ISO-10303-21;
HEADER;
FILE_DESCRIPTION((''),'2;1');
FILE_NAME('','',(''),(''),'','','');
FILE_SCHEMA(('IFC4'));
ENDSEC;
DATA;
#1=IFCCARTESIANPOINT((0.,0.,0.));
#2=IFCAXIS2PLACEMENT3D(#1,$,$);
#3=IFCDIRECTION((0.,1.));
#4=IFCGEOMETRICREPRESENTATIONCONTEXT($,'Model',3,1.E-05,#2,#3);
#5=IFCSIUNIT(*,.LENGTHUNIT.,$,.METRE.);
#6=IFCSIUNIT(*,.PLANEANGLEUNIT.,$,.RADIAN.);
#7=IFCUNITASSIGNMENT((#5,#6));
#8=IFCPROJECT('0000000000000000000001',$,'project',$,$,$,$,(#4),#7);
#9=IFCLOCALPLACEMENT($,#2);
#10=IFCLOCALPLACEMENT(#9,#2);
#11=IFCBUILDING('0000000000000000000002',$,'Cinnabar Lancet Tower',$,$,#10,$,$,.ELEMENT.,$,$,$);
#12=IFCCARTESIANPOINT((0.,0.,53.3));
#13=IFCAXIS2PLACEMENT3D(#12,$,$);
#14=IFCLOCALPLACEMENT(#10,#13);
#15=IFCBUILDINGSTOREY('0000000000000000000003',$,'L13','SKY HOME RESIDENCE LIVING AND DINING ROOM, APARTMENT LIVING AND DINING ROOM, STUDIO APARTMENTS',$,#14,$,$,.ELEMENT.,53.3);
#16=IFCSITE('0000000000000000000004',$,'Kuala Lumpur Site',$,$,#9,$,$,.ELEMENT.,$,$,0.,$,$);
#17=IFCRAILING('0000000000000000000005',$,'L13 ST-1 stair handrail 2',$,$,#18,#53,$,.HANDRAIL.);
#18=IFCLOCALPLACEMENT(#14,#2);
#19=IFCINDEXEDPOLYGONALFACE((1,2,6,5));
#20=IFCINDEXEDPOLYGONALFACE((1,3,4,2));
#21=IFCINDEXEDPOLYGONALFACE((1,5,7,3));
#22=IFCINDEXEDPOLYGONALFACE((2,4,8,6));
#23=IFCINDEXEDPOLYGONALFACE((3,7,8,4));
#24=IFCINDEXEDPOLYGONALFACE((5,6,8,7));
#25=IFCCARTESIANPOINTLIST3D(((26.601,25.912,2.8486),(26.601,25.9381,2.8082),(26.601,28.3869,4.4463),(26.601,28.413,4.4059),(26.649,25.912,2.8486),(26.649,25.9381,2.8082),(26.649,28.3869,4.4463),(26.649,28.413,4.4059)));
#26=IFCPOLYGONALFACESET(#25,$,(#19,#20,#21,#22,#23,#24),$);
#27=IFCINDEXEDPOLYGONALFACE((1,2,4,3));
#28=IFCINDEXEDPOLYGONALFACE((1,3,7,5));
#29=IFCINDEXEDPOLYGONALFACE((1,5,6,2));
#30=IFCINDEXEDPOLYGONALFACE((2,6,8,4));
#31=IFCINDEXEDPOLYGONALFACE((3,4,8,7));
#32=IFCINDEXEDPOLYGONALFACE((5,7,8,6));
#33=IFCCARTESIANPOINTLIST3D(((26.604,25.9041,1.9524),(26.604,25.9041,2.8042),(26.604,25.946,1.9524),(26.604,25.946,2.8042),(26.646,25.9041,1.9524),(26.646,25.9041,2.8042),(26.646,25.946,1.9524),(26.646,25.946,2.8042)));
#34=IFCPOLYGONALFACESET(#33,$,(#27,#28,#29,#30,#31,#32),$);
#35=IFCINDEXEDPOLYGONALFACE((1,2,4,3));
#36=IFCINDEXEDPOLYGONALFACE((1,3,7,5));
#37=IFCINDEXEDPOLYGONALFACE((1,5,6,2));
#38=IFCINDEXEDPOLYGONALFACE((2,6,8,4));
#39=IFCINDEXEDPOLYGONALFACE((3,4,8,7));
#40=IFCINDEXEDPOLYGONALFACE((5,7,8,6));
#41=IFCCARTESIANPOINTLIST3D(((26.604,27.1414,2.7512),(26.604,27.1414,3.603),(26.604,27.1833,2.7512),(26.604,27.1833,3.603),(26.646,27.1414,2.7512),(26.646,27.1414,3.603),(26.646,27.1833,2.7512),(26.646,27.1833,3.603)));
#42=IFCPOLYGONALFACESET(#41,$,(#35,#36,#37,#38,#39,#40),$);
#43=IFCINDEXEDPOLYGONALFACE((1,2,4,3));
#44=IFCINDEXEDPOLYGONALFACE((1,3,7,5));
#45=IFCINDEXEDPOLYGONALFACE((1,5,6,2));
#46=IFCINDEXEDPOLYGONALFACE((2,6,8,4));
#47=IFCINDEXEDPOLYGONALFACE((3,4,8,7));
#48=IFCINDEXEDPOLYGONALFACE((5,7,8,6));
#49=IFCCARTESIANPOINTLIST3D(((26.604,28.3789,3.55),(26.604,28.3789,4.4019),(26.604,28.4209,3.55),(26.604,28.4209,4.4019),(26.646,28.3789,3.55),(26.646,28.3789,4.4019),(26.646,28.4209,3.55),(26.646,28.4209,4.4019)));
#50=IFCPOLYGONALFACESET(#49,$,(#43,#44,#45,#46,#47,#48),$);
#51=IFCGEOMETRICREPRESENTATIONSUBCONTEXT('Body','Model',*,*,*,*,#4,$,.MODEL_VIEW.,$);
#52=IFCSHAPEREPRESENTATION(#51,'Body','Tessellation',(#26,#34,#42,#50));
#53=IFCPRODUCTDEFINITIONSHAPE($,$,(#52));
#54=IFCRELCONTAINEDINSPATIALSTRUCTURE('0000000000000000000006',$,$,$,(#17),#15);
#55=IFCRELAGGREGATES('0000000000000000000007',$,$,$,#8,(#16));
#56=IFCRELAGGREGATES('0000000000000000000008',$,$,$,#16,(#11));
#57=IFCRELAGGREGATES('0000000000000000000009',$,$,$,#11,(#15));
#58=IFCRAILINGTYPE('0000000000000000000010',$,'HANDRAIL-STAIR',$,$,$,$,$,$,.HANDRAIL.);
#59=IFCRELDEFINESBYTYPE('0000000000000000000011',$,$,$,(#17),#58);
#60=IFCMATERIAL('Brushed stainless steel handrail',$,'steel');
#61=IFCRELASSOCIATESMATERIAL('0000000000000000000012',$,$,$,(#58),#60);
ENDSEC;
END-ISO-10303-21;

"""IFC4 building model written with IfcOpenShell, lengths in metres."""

from ifc_helpers import new_model, si_unit, direction, frame, origin, origin_2d, place, context, subcontext, project, spatial, rectangle, extrude, material, type_object, element, save


model = new_model("IFC4")

# Units and contexts
model_context = context("Model", 3, precision=1e-05, world=origin(), true_north=direction((0.0, 1.0)))
body_context = subcontext(model_context, "Body", "Model", "MODEL_VIEW")
ifc_project = project(units=[si_unit("LENGTHUNIT", "METRE"), si_unit("PLANEANGLEUNIT", "RADIAN")], contexts=[model_context])

# Site, building, storey
site_placement = place(None, origin())
site = spatial("IfcSite", under=ifc_project, at=site_placement, Name="Kuala Lumpur Site", CompositionType="ELEMENT", RefElevation=0.0)
building_placement = place(site_placement, origin())
building = spatial("IfcBuilding", under=site, at=building_placement, Name="Cinnabar Lancet Tower", CompositionType="ELEMENT")
storey_placement = place(building_placement, frame((0.0, 0.0, 53.3)))
storey = spatial("IfcBuildingStorey", under=building, at=storey_placement, Name="L13", Description="SKY HOME RESIDENCE LIVING AND DINING ROOM, APARTMENT LIVING AND DINING ROOM, STUDIO APARTMENTS", CompositionType="ELEMENT", Elevation=53.3)

# Railing
ifc_material_1 = material(Name="Brushed stainless steel handrail", Category="steel")
railing_type_1 = type_object("IfcRailingType", Name="HANDRAIL-STAIR", PredefinedType="HANDRAIL", material=ifc_material_1)
railing_1_placement = place(storey_placement, frame((26.625, 25.925, 1.9524)))
element("IfcRailing", 1, at=railing_1_placement, inside=storey, type_object=railing_type_1, Name="L13 ST-1 stair handrail 2", PredefinedType="HANDRAIL", context=body_context, shape_type="SweptSolid", body=[
    extrude(rectangle(XDim=0.0481, YDim=0.0481, at=origin_2d()), frame((0.0, 0.0, 0.876), z_axis=(0.0, 0.840146, 0.542361), x_axis=(-1.0, 0.0, 0.0)), (0.0, 0.0, 1.0), 2.9458),
    extrude(rectangle(XDim=0.042, YDim=0.042, at=origin_2d()), origin(), (0.0, 0.0, 1.0), 0.8518),
    extrude(rectangle(XDim=0.042, YDim=0.042, at=origin_2d()), frame((0.0, 1.2373, 0.7988)), (0.0, 0.0, 1.0), 0.8518),
    extrude(rectangle(XDim=0.042, YDim=0.042, at=origin_2d()), frame((0.0, 2.4749, 1.5977)), (0.0, 0.0, 1.0), 0.8518),
])

save(model, "model.ifc")
